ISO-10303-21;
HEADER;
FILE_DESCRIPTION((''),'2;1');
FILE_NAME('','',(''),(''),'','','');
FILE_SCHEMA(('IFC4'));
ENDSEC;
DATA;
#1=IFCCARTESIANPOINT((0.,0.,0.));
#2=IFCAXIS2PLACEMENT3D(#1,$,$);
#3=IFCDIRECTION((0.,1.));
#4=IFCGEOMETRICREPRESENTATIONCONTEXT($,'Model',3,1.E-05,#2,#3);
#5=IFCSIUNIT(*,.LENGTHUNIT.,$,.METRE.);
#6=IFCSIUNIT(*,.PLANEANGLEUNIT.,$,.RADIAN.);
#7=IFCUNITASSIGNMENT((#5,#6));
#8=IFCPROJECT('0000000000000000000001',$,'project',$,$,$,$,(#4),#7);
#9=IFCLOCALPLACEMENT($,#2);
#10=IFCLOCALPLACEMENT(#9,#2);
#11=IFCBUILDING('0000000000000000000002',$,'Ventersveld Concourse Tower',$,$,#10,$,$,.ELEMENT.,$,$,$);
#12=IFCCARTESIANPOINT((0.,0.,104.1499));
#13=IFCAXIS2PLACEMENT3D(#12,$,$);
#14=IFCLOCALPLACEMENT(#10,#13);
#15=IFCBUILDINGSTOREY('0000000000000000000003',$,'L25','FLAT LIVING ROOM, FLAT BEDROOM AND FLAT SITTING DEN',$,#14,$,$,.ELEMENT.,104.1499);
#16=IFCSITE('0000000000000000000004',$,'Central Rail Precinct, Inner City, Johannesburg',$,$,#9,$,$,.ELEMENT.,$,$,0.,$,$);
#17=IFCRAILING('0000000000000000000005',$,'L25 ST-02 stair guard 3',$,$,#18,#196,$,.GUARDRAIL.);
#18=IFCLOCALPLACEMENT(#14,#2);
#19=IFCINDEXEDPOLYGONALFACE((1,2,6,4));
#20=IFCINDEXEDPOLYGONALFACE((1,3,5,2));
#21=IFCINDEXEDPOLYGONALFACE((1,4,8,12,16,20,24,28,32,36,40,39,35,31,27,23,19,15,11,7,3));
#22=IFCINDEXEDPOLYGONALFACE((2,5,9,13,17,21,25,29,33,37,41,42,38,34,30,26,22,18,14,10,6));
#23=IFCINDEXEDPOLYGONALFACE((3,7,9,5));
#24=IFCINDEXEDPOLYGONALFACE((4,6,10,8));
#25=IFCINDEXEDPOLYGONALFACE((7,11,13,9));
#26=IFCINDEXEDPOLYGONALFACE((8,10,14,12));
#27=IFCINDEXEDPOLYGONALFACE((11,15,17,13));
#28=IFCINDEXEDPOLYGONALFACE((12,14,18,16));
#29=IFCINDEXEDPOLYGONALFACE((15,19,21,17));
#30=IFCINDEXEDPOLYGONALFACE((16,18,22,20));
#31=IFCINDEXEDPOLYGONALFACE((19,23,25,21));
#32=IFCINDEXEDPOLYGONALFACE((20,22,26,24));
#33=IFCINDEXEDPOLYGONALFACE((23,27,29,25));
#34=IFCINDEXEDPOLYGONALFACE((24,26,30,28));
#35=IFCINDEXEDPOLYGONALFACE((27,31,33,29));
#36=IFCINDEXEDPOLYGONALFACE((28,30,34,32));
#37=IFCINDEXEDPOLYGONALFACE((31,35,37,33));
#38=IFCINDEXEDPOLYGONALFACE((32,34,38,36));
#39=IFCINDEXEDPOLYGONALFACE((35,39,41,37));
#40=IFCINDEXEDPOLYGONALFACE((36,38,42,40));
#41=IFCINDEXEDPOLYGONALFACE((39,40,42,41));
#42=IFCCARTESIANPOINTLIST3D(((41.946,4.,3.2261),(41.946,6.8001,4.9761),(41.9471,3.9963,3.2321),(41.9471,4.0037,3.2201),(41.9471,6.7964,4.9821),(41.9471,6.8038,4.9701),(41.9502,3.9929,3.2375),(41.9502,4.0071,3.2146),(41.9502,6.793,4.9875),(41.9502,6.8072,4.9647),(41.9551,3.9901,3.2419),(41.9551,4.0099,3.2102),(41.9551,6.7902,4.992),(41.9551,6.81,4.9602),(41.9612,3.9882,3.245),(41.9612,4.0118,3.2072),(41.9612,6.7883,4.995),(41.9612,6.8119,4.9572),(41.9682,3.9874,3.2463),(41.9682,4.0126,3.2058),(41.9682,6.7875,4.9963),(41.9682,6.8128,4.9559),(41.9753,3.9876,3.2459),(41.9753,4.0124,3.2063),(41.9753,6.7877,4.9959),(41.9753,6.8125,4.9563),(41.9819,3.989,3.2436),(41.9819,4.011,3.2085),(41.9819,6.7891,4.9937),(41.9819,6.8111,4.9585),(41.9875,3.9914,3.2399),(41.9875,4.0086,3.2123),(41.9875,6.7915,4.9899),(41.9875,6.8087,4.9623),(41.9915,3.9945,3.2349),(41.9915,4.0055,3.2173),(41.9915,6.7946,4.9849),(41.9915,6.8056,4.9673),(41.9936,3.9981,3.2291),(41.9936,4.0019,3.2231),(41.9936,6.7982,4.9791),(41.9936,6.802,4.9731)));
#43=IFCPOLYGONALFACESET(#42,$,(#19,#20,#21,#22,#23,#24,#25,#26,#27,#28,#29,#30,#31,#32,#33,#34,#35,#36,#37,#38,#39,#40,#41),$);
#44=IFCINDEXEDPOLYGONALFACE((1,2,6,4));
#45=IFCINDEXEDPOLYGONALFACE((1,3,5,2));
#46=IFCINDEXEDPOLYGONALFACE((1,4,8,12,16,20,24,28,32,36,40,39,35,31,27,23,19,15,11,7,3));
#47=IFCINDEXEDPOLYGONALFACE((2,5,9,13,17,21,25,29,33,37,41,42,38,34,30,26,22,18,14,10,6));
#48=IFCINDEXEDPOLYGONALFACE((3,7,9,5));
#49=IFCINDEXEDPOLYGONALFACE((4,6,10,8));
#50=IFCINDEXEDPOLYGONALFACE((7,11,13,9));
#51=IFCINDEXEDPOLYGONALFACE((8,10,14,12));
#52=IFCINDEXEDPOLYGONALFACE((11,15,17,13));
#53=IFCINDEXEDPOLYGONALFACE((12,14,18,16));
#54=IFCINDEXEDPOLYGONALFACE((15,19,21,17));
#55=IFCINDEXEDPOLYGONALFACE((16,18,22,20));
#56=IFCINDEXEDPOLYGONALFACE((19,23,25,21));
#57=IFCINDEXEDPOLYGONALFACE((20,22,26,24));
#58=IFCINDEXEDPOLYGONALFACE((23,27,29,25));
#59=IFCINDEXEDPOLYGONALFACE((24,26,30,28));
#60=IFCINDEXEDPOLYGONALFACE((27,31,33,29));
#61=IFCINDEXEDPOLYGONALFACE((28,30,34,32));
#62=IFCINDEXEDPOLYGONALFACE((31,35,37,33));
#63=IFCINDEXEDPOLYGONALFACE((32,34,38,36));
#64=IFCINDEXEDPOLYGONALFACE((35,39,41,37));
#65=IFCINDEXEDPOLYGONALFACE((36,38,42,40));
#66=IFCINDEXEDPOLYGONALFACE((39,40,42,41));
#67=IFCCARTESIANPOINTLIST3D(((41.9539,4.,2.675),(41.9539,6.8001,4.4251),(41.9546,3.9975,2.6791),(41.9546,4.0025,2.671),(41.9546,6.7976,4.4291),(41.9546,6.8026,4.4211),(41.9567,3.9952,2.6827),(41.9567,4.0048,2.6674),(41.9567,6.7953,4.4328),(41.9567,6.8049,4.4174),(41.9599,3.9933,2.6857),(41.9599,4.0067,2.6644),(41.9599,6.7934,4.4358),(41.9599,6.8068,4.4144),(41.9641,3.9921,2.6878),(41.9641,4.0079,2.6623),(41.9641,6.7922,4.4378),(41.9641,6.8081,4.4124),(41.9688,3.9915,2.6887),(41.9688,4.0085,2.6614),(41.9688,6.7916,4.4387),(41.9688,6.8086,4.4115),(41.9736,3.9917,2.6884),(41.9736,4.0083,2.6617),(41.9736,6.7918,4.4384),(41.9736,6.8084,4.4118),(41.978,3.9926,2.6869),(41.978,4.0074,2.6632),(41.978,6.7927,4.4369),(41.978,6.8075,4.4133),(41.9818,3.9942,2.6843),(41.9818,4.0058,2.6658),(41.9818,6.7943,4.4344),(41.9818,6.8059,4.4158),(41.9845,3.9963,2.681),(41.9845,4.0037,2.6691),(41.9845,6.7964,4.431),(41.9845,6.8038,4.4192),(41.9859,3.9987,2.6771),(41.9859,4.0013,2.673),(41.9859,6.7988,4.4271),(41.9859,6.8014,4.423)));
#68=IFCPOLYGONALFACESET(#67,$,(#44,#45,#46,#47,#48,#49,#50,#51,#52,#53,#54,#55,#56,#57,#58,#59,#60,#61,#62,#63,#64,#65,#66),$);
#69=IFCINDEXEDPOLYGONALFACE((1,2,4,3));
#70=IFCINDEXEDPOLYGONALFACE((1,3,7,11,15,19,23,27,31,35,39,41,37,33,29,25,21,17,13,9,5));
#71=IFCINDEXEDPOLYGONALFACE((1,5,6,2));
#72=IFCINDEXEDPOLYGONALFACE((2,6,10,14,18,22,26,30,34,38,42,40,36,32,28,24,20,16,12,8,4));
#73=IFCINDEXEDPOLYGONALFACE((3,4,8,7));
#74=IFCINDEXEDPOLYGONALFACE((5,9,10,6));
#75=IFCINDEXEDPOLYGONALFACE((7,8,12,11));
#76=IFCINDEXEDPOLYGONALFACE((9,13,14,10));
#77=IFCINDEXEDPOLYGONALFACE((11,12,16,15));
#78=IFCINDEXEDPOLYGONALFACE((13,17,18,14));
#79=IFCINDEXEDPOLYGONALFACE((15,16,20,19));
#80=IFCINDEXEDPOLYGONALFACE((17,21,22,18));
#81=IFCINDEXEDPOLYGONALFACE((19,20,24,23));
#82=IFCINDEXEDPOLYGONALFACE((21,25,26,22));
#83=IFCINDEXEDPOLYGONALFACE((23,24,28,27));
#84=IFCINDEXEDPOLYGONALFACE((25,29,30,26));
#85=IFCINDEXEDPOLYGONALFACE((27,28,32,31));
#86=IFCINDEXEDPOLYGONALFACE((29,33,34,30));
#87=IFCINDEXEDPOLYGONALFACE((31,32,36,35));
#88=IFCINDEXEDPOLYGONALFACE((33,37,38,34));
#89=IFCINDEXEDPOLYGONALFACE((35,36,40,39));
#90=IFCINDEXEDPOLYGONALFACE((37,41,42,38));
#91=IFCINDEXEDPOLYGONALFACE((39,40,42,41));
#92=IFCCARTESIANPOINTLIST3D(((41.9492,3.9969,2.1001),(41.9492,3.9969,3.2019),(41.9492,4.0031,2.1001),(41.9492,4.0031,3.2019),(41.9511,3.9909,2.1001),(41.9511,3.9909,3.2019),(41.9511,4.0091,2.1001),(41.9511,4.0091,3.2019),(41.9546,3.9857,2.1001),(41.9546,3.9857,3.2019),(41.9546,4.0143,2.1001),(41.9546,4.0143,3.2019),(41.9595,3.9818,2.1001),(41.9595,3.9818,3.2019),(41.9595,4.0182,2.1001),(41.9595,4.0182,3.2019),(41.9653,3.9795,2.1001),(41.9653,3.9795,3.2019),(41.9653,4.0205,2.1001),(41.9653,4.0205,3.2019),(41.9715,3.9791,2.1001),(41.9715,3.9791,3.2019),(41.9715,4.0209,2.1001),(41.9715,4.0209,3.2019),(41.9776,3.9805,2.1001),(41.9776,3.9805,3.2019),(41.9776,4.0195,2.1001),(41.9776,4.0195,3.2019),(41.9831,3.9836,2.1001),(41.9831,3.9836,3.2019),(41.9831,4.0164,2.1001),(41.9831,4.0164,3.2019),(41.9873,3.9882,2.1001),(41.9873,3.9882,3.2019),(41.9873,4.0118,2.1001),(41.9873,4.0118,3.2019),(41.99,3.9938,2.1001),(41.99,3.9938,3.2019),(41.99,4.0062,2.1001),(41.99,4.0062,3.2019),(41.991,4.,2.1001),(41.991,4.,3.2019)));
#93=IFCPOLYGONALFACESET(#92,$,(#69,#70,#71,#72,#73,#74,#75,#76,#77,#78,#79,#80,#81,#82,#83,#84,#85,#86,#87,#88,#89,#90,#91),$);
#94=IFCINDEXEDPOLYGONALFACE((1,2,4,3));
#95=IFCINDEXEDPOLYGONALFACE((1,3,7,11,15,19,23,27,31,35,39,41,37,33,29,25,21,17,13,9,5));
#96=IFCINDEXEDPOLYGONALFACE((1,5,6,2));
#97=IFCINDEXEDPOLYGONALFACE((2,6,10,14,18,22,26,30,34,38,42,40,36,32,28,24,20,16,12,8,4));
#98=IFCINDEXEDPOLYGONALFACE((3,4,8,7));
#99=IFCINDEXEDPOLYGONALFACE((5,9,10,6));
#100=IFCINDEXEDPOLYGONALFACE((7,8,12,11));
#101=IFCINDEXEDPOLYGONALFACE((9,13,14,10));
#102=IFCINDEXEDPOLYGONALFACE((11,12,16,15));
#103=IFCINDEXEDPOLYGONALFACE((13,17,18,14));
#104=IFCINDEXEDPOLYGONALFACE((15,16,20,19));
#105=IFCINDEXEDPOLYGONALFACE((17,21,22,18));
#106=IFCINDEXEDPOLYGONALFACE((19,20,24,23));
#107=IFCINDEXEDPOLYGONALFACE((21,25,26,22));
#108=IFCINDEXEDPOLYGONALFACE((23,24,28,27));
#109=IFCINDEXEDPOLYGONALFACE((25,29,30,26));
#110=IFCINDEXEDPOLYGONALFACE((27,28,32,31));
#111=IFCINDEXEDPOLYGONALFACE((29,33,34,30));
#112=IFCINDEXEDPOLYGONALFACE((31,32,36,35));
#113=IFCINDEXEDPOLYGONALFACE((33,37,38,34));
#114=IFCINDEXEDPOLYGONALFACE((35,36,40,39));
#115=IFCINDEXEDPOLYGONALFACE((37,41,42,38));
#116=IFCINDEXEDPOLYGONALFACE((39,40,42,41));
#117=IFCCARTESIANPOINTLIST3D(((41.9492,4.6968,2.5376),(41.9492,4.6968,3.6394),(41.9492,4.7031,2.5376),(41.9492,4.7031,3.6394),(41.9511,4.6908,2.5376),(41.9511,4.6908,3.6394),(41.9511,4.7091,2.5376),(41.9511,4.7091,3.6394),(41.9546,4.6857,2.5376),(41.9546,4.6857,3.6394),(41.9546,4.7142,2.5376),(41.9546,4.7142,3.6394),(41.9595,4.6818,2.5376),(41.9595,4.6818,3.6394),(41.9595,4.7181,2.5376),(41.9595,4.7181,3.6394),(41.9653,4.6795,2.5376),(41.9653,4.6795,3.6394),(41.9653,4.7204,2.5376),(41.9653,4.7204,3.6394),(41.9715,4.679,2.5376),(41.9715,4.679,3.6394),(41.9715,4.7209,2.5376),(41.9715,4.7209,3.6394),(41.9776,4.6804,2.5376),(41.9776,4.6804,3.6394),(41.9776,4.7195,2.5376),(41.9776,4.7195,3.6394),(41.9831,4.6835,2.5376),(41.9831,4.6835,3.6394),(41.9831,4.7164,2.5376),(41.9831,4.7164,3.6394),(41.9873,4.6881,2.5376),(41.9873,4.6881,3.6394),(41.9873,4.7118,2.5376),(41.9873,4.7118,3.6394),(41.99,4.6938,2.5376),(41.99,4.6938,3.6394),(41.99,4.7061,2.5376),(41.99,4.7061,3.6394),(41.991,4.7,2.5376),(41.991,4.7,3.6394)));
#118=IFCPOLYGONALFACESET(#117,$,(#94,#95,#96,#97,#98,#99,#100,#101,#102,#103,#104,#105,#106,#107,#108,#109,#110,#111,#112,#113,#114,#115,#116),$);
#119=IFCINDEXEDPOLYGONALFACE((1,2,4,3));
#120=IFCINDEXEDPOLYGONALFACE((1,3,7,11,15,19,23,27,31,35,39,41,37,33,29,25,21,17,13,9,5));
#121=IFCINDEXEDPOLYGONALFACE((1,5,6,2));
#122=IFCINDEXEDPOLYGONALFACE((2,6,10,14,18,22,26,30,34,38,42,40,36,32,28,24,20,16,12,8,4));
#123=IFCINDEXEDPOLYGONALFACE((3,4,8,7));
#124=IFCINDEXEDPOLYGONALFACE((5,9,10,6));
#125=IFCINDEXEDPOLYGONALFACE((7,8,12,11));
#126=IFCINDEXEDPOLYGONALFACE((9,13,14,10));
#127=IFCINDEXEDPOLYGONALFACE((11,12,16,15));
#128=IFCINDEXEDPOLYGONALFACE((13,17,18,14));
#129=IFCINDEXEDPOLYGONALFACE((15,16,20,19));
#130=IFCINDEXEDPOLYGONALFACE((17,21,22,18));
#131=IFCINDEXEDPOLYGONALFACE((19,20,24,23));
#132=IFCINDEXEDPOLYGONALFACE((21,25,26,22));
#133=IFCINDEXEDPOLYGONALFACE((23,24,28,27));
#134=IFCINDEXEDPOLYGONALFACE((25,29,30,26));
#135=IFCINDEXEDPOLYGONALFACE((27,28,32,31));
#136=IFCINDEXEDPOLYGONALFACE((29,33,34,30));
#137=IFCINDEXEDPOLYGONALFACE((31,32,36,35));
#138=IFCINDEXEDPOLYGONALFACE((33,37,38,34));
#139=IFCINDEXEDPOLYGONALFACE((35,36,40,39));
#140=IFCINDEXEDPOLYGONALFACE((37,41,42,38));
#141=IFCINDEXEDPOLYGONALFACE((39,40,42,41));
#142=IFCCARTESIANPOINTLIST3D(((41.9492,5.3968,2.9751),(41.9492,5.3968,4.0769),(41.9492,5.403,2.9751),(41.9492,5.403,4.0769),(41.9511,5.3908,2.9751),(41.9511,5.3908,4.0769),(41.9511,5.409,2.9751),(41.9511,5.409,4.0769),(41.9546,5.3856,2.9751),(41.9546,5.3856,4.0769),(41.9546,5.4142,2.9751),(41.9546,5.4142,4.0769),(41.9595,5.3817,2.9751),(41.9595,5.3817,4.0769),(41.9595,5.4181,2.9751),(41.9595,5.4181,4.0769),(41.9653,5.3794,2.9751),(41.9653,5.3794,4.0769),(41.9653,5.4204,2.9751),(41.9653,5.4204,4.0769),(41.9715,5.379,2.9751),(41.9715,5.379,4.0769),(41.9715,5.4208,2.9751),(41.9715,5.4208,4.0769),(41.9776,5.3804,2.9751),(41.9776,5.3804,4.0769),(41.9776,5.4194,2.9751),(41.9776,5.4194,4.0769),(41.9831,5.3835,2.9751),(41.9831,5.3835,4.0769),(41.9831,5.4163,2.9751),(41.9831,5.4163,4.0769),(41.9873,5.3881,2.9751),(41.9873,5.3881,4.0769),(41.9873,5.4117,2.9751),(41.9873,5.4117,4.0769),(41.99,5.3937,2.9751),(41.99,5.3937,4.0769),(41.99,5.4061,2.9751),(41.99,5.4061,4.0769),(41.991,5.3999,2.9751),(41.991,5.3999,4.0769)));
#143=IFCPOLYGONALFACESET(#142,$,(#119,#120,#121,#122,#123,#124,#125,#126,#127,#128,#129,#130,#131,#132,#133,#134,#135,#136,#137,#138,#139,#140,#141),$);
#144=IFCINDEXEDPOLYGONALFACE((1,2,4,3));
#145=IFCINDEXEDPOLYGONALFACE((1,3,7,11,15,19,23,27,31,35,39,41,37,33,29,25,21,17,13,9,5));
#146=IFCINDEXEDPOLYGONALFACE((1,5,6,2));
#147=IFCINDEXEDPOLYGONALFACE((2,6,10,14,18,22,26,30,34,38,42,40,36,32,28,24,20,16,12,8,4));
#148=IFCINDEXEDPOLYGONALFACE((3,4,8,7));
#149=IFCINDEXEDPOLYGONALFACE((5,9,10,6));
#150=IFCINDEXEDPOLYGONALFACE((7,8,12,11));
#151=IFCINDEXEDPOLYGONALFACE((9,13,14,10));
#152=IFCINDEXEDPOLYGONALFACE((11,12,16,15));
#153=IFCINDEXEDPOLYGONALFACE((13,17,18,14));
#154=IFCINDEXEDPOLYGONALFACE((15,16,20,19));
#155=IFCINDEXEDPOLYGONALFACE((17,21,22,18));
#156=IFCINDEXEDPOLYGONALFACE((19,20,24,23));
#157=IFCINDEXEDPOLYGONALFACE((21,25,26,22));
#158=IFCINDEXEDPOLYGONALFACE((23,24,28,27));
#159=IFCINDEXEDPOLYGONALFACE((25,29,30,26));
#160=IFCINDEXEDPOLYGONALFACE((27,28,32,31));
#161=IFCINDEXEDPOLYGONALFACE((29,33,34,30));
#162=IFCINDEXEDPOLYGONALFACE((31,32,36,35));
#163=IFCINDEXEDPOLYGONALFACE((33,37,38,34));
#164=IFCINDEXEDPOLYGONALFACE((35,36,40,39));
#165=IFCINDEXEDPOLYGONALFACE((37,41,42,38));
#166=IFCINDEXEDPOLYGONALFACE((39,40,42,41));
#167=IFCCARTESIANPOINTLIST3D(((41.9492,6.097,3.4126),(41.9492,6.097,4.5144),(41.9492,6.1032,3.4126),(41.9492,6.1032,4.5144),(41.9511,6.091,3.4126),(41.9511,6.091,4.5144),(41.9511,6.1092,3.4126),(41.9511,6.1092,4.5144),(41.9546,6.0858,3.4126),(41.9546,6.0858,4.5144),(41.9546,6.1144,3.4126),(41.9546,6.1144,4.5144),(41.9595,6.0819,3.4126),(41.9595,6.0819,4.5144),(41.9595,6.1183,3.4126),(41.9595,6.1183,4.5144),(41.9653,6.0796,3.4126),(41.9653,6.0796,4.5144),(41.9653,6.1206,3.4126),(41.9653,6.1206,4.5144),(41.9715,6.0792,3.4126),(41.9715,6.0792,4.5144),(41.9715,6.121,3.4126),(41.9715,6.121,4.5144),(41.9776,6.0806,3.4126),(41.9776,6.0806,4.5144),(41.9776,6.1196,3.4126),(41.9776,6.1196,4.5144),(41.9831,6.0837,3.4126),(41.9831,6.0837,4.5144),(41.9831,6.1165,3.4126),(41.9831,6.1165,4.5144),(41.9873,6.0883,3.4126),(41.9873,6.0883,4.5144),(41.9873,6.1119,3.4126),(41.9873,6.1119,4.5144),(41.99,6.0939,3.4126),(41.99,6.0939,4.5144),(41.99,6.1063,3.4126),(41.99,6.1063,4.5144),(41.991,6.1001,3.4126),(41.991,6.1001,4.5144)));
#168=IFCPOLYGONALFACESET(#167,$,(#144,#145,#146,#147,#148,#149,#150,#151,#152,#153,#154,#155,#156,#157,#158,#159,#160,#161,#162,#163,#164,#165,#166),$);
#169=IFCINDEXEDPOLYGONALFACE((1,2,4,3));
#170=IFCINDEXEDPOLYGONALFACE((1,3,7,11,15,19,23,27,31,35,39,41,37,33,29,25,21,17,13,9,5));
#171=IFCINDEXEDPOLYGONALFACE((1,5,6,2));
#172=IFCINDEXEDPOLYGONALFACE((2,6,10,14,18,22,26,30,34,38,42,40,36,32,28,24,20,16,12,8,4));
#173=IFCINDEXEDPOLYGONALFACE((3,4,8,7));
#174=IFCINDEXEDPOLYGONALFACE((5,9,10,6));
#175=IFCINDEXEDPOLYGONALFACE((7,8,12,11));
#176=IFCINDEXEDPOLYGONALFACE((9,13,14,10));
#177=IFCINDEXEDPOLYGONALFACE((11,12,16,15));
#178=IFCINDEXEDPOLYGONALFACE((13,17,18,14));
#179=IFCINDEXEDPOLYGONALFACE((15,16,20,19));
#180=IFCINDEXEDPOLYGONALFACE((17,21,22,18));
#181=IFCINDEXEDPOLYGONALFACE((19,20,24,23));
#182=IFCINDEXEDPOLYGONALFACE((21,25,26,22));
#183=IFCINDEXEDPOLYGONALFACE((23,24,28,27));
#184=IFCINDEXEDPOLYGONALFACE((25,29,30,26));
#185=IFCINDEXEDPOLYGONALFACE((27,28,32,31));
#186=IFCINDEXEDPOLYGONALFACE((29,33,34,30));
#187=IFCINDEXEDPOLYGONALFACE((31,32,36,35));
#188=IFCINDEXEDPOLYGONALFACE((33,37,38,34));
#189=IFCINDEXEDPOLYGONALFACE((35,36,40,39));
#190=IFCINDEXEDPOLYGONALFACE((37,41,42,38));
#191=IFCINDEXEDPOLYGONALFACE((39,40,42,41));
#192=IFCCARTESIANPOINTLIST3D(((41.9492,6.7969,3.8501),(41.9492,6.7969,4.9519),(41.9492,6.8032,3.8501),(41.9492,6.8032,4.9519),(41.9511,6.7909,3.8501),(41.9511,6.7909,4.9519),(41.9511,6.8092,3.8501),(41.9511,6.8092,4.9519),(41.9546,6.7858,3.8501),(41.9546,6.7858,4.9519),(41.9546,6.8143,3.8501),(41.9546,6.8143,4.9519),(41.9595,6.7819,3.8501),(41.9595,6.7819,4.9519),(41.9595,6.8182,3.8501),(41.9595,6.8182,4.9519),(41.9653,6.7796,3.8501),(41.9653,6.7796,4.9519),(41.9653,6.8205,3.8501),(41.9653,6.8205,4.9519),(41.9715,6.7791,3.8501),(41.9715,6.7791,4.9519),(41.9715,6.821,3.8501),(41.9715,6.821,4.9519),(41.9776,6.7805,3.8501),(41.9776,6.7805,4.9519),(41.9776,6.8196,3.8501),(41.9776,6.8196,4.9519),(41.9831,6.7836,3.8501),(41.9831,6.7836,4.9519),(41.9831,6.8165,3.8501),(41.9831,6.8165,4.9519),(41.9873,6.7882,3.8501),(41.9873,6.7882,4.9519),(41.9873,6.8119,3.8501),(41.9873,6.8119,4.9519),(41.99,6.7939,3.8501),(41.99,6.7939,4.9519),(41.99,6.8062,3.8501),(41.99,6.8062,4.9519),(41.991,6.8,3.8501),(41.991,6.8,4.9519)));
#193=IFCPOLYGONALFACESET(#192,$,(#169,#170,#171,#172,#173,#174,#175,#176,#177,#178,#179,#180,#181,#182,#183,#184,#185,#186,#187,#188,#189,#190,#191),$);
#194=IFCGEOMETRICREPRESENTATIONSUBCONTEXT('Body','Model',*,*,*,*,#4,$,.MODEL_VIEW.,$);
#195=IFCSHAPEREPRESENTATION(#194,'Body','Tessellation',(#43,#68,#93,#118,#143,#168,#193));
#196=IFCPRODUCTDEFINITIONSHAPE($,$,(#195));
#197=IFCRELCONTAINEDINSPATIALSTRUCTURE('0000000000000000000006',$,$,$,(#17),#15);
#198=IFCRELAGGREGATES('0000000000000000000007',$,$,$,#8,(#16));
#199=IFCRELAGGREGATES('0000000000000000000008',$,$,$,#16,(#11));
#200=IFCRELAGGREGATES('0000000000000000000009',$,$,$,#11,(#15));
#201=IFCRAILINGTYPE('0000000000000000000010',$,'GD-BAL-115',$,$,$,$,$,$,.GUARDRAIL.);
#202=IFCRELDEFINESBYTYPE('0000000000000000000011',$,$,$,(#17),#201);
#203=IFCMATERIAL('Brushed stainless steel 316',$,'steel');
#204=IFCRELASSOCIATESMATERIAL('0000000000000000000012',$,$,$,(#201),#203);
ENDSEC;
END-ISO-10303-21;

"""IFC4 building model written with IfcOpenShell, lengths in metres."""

from ifc_helpers import new_model, si_unit, direction, frame, origin, origin_2d, place, context, subcontext, project, spatial, circle, extrude, material, type_object, element, save


model = new_model("IFC4")

# Units and contexts
model_context = context("Model", 3, precision=1e-05, world=origin(), true_north=direction((0.0, 1.0)))
body_context = subcontext(model_context, "Body", "Model", "MODEL_VIEW")
ifc_project = project(units=[si_unit("LENGTHUNIT", "METRE"), si_unit("PLANEANGLEUNIT", "RADIAN")], contexts=[model_context])

# Site, building, storey
site_placement = place(None, origin())
site = spatial("IfcSite", under=ifc_project, at=site_placement, Name="Central Rail Precinct, Inner City, Johannesburg", CompositionType="ELEMENT", RefElevation=0.0)
building_placement = place(site_placement, origin())
building = spatial("IfcBuilding", under=site, at=building_placement, Name="Ventersveld Concourse Tower", CompositionType="ELEMENT")
storey_placement = place(building_placement, frame((0.0, 0.0, 104.1499)))
storey = spatial("IfcBuildingStorey", under=building, at=storey_placement, Name="L25", Description="FLAT LIVING ROOM, FLAT BEDROOM AND FLAT SITTING DEN", CompositionType="ELEMENT", Elevation=104.1499)

# Railing
ifc_material_1 = material(Name="Brushed stainless steel 316", Category="steel")
railing_type_1 = type_object("IfcRailingType", Name="GD-BAL-115", PredefinedType="GUARDRAIL", material=ifc_material_1)
railing_1_placement = place(storey_placement, frame((41.97, 4.0, 2.1001)))
element("IfcRailing", 1, at=railing_1_placement, inside=storey, type_object=railing_type_1, Name="L25 ST-02 stair guard 3", PredefinedType="GUARDRAIL", context=body_context, shape_type="SweptSolid", body=[
    extrude(circle(Radius=0.0239, at=origin_2d()), frame((0.0, 0.0, 1.126), z_axis=(0.0, 0.848002, 0.529992), x_axis=(-1.0, 0.0, 0.0)), (0.0, 0.0, 1.0), 3.302),
    extrude(circle(Radius=0.0161, at=origin_2d()), frame((0.0, 0.0, 0.575), z_axis=(0.0, 0.848002, 0.529992), x_axis=(-1.0, 0.0, 0.0)), (0.0, 0.0, 1.0), 3.302),
    extrude(circle(Radius=0.021, at=origin_2d()), origin(), (0.0, 0.0, 1.0), 1.1018),
    extrude(circle(Radius=0.021, at=origin_2d()), frame((0.0, 0.7, 0.4375)), (0.0, 0.0, 1.0), 1.1018),
    extrude(circle(Radius=0.021, at=origin_2d()), frame((0.0, 1.3999, 0.875)), (0.0, 0.0, 1.0), 1.1018),
    extrude(circle(Radius=0.021, at=origin_2d()), frame((0.0, 2.1001, 1.3125)), (0.0, 0.0, 1.0), 1.1018),
    extrude(circle(Radius=0.021, at=origin_2d()), frame((0.0, 2.8, 1.75)), (0.0, 0.0, 1.0), 1.1018),
])

save(model, "model.ifc")
